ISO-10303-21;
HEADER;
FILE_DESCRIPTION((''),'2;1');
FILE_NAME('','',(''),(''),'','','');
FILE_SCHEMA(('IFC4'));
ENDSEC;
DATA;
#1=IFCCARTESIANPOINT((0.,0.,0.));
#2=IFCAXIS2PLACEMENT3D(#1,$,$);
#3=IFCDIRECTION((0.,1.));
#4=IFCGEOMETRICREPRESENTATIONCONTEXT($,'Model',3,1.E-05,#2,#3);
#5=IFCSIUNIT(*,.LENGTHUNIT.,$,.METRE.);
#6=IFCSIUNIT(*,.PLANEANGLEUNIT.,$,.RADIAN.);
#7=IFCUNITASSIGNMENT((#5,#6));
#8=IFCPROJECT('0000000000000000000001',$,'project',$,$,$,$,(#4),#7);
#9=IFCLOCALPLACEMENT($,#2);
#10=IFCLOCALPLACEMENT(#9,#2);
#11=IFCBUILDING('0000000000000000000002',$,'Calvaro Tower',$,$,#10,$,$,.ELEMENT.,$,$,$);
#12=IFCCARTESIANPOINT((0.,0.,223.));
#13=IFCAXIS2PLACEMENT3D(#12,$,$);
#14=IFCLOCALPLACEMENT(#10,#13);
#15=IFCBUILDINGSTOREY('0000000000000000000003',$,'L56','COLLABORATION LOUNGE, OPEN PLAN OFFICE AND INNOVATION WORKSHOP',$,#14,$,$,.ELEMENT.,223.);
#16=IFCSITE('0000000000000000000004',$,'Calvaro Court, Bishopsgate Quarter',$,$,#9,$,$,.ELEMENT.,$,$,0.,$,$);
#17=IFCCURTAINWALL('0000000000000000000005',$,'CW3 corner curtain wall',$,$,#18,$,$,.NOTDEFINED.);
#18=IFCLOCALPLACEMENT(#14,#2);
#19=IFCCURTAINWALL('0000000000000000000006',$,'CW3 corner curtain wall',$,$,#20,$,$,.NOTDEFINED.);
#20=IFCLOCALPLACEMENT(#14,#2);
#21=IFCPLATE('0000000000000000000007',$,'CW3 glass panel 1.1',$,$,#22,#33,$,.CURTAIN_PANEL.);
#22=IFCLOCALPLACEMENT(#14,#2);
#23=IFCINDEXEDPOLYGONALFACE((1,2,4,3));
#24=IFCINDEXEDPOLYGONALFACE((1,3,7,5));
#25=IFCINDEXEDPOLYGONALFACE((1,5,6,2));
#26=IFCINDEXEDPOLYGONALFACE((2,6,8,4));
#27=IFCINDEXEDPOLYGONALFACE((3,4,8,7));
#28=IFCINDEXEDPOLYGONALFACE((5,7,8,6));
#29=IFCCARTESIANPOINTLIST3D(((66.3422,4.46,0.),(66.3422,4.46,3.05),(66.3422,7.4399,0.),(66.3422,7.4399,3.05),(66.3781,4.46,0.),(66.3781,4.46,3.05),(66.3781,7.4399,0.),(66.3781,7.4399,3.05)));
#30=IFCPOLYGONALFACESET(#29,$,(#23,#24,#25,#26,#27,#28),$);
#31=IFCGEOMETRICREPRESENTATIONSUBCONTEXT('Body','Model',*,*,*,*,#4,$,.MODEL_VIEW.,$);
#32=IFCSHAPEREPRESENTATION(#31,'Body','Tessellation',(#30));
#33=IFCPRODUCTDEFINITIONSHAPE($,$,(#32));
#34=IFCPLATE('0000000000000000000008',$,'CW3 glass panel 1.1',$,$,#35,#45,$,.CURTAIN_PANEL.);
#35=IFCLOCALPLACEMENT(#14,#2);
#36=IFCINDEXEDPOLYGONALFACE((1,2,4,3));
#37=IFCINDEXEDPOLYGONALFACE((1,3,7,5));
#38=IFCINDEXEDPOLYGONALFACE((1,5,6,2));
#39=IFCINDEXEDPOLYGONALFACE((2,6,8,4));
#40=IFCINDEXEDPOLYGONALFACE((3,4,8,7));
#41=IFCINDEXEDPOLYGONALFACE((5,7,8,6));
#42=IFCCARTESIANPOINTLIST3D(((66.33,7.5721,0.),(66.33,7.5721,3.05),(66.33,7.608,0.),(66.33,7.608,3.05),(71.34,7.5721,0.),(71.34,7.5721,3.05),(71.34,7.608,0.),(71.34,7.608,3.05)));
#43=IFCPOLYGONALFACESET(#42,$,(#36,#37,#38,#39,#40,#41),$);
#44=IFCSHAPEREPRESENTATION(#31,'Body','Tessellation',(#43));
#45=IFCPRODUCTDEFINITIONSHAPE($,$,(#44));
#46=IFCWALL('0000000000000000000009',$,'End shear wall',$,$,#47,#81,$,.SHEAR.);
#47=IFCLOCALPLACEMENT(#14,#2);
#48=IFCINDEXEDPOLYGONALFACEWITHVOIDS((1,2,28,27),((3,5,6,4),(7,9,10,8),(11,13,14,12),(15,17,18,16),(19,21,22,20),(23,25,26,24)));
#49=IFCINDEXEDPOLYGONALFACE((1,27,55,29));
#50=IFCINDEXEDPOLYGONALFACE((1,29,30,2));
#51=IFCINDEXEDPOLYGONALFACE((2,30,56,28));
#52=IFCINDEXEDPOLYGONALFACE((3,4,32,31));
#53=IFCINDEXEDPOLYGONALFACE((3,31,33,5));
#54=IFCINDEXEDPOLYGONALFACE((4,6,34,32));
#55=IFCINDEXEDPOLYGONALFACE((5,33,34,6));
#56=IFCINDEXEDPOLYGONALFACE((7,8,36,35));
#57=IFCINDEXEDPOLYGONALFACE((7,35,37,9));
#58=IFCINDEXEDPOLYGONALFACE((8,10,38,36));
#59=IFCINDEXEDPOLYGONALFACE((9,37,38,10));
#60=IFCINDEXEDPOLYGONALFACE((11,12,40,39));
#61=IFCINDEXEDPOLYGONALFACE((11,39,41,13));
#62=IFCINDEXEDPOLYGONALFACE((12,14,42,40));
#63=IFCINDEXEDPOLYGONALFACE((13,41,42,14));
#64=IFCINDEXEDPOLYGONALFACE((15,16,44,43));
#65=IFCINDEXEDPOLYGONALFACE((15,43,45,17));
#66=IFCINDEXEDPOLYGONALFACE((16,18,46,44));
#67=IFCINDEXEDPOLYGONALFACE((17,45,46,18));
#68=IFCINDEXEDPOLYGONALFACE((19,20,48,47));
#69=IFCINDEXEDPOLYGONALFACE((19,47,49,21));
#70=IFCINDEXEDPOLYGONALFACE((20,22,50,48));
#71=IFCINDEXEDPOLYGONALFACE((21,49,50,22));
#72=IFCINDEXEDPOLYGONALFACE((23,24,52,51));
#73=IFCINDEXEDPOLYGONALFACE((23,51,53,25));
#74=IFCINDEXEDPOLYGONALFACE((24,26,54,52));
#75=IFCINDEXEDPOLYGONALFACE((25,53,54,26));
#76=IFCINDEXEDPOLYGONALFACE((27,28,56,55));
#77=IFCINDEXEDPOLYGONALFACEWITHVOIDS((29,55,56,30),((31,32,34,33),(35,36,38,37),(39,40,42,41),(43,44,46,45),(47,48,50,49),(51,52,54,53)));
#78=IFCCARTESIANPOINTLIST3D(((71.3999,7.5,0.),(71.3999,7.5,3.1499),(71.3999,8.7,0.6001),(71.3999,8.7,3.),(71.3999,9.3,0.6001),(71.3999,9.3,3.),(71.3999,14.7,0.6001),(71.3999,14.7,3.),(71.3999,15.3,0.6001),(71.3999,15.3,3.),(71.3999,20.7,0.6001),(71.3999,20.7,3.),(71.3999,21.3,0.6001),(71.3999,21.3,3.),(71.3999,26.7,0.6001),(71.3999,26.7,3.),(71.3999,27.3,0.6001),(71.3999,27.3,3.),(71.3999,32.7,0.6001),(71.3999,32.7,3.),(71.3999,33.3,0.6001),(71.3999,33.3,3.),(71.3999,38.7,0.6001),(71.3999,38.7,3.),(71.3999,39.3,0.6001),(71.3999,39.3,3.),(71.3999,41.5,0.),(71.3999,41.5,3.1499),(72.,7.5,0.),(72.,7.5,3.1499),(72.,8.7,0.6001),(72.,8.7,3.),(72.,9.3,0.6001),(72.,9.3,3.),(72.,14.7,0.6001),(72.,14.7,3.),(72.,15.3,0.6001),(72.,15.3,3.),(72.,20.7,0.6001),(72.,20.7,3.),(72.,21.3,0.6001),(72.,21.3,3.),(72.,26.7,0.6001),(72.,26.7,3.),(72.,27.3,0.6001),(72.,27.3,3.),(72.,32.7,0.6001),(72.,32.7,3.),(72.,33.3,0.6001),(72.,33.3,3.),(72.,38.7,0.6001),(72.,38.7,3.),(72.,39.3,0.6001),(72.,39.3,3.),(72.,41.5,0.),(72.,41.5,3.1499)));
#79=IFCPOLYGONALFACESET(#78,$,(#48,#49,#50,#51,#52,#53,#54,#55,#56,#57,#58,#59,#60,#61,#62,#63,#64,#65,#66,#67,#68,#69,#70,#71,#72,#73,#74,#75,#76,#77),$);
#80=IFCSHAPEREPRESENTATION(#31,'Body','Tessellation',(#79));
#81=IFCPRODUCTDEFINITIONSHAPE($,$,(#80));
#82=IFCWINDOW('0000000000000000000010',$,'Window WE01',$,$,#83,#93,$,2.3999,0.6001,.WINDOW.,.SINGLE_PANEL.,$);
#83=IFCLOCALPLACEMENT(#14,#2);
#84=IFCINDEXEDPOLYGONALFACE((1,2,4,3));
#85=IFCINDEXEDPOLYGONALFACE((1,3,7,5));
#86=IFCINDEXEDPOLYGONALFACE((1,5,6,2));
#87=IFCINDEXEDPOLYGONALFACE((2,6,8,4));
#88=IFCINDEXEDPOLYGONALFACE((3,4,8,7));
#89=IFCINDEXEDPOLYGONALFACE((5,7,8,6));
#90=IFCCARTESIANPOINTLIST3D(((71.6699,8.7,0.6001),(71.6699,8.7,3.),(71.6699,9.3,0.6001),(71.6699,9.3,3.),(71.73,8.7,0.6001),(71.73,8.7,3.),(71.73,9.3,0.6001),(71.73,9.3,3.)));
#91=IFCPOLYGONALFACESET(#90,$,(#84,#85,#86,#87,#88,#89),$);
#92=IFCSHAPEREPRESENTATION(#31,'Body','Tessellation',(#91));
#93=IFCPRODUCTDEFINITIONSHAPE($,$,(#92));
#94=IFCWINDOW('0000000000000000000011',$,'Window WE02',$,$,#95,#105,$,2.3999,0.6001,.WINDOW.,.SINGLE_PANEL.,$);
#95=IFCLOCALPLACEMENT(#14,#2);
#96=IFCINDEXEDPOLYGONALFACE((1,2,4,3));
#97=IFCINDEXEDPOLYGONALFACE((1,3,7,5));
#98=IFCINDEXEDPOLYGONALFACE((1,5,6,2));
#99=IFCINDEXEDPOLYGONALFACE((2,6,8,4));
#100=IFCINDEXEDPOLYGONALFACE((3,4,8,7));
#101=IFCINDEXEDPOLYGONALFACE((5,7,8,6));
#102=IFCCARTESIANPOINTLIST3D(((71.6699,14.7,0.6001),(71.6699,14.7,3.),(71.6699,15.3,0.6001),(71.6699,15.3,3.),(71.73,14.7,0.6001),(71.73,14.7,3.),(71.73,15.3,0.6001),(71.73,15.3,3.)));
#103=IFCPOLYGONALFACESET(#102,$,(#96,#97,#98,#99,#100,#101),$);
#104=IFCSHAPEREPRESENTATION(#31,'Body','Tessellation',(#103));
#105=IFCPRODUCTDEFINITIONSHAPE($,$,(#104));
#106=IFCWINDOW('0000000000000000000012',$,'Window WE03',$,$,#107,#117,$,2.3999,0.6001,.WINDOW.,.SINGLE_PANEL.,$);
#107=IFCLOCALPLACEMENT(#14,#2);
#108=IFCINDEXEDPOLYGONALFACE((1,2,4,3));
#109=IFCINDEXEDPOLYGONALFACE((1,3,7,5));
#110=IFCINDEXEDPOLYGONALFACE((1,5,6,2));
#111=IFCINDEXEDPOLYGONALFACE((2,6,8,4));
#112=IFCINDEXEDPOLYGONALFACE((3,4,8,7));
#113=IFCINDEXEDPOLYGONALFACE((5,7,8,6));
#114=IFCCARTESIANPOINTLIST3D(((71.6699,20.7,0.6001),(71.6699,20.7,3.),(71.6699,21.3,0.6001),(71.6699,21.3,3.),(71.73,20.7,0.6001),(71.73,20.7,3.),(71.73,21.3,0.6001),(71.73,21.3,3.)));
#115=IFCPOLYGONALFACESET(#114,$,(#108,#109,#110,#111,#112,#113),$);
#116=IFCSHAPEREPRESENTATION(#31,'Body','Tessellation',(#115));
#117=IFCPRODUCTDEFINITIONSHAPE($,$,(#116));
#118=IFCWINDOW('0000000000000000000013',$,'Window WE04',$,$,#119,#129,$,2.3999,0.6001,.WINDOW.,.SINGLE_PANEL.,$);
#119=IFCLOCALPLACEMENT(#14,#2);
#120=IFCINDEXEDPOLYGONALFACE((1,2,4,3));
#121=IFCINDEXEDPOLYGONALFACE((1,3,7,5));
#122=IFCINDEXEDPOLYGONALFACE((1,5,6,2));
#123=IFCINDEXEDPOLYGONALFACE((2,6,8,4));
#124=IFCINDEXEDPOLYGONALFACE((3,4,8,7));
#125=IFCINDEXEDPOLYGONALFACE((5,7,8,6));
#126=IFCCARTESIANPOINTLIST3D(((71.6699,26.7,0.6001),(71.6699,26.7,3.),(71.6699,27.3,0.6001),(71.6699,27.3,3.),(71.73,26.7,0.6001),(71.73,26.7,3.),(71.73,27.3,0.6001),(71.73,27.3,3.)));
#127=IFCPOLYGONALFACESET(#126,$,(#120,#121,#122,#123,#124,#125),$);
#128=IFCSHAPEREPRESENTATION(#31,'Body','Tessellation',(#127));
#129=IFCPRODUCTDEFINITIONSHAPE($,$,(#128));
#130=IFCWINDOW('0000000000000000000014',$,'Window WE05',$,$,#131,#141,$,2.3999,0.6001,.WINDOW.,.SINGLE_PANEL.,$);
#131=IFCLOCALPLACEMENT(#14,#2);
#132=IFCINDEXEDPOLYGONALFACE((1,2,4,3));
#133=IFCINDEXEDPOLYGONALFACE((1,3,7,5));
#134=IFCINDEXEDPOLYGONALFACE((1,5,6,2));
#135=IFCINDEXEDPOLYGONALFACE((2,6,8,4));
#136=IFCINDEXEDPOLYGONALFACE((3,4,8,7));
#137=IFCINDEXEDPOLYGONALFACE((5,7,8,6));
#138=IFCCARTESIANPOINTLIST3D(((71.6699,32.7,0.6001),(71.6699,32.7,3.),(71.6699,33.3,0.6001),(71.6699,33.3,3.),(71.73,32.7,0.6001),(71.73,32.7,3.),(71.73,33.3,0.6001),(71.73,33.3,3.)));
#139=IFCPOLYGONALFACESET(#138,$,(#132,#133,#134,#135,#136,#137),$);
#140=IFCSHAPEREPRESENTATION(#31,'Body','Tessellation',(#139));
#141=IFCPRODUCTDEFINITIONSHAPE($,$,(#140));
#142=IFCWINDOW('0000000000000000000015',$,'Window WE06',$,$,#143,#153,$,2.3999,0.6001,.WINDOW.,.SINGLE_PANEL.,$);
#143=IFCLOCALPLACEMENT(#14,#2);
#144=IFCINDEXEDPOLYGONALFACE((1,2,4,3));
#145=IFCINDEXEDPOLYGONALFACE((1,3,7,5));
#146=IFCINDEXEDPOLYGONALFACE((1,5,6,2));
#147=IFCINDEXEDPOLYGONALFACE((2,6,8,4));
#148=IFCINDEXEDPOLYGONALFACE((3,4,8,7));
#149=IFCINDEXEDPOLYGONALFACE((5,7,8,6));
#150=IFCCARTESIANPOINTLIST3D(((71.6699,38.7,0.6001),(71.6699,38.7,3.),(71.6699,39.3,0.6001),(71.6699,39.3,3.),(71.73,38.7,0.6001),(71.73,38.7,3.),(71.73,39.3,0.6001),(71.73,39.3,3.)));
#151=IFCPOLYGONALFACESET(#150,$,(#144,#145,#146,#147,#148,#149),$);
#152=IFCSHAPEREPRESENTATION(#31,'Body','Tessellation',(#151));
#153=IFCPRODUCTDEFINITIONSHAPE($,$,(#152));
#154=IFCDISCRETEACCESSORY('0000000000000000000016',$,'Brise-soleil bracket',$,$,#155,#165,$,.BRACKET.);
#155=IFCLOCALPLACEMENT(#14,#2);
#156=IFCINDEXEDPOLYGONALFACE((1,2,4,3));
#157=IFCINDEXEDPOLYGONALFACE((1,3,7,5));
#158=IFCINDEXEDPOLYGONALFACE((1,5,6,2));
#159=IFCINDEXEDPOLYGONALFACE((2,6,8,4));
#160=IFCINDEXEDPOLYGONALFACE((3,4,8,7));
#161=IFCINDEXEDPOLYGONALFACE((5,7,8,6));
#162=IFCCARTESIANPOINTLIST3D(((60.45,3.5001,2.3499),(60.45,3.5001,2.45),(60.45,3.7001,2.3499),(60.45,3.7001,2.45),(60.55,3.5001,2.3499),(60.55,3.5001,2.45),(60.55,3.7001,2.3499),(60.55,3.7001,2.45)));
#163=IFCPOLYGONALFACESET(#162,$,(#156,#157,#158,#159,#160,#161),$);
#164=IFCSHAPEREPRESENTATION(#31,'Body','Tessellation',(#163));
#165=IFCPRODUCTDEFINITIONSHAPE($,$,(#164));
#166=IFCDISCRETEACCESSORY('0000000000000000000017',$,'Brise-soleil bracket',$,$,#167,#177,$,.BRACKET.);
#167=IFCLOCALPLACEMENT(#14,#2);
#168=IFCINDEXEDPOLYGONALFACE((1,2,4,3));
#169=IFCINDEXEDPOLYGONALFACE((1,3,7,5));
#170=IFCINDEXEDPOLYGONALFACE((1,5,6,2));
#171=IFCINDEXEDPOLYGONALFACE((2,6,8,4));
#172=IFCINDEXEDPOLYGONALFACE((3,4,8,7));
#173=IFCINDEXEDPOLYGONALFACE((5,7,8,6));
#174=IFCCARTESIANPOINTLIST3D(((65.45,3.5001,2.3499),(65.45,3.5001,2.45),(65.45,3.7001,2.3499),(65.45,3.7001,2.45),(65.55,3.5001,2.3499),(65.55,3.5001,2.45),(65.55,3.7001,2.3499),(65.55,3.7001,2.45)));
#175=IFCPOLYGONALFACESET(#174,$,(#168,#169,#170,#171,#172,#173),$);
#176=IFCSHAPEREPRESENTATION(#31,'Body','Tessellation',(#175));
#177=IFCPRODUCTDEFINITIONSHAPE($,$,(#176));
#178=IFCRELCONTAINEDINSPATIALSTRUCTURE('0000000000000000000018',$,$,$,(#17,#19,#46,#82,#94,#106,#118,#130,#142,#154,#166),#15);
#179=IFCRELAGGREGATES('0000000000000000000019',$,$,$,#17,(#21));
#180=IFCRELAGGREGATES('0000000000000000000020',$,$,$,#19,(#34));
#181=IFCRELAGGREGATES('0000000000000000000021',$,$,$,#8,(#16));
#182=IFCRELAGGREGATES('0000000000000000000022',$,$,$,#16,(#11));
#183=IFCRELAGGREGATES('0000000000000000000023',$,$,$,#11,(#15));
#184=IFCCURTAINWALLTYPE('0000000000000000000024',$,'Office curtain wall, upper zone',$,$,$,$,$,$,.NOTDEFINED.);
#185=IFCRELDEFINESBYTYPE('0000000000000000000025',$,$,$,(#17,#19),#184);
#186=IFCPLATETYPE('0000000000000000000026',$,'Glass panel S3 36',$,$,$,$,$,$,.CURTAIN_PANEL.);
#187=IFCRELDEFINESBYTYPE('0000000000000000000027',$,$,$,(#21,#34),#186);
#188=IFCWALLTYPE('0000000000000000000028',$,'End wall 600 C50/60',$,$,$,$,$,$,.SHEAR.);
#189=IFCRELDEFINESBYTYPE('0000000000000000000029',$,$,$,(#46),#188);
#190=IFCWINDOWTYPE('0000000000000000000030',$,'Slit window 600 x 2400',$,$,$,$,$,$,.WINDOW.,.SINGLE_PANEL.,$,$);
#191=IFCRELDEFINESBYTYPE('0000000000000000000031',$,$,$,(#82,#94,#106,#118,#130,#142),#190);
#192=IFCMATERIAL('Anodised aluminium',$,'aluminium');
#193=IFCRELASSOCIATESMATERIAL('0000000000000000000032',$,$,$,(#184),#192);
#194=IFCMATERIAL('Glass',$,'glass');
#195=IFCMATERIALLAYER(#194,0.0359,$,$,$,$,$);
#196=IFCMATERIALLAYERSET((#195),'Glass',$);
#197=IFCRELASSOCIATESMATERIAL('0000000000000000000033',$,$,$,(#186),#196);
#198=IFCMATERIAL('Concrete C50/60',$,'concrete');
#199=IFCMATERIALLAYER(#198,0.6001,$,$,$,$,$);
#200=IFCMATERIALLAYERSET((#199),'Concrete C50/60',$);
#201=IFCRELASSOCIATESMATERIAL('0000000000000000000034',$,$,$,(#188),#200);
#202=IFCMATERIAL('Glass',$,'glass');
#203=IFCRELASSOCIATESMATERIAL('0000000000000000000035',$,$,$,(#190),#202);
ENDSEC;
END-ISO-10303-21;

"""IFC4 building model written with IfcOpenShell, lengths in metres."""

from ifc_helpers import new_model, si_unit, direction, frame, frame_2d, origin, origin_2d, place, context, subcontext, project, spatial, rectangle, extrude, material, layer, layer_set, type_object, element, fill, aggregate, save


model = new_model("IFC4")

# Units and contexts
model_context = context("Model", 3, precision=1e-05, world=origin(), true_north=direction((0.0, 1.0)))
body_context = subcontext(model_context, "Body", "Model", "MODEL_VIEW")
ifc_project = project(units=[si_unit("LENGTHUNIT", "METRE"), si_unit("PLANEANGLEUNIT", "RADIAN")], contexts=[model_context])

# Site, building, storey
site_placement = place(None, origin())
site = spatial("IfcSite", under=ifc_project, at=site_placement, Name="Calvaro Court, Bishopsgate Quarter", CompositionType="ELEMENT", RefElevation=0.0)
building_placement = place(site_placement, origin())
building = spatial("IfcBuilding", under=site, at=building_placement, Name="Calvaro Tower", CompositionType="ELEMENT")
storey_placement = place(building_placement, frame((0.0, 0.0, 223.0)))
storey = spatial("IfcBuildingStorey", under=building, at=storey_placement, Name="L56", Description="COLLABORATION LOUNGE, OPEN PLAN OFFICE AND INNOVATION WORKSHOP", CompositionType="ELEMENT", Elevation=223.0)

# Curtain walls
ifc_material_1 = material(Name="Anodised aluminium", Category="aluminium")
curtain_wall_type = type_object("IfcCurtainWallType", Name="Office curtain wall, upper zone", PredefinedType="NOTDEFINED", material=ifc_material_1)
curtain_wall_1_placement = place(storey_placement, origin())
curtain_wall_1 = element("IfcCurtainWall", 1, at=curtain_wall_1_placement, inside=storey, type_object=curtain_wall_type, Name="CW3 corner curtain wall", PredefinedType="NOTDEFINED")
curtain_wall_2_placement = place(storey_placement, origin())
curtain_wall_2 = element("IfcCurtainWall", 2, at=curtain_wall_2_placement, inside=storey, type_object=curtain_wall_type, Name="CW3 corner curtain wall", PredefinedType="NOTDEFINED")

# Plates
ifc_material_2 = material(Name="Glass", Category="glass")
ifc_layer_1 = layer(ifc_material_2, 0.0359)
ifc_layer_set_1 = layer_set([ifc_layer_1], Name="Glass")
plate_type = type_object("IfcPlateType", Name="Glass panel S3 36", PredefinedType="CURTAIN_PANEL", material=ifc_layer_set_1)
plate_1_placement = place(storey_placement, frame((66.3601, 5.95, 0.0), z_axis=(0.0, 0.0, 1.0), x_axis=(0.0, 1.0, 0.0)))
plate_1 = element("IfcPlate", 3, at=plate_1_placement, type_object=plate_type, Name="CW3 glass panel 1.1", PredefinedType="CURTAIN_PANEL", context=body_context, shape_type="SweptSolid", body=[
    extrude(rectangle(XDim=2.98, YDim=0.0359, at=origin_2d()), origin(), (0.0, 0.0, 1.0), 3.05),
])
aggregate(curtain_wall_1, [plate_1])
plate_2_placement = place(storey_placement, frame((68.835, 7.5901, 0.0), z_axis=(0.0, 0.0, 1.0), x_axis=(1.0, 0.0, 0.0)))
plate_2 = element("IfcPlate", 4, at=plate_2_placement, type_object=plate_type, Name="CW3 glass panel 1.1", PredefinedType="CURTAIN_PANEL", context=body_context, shape_type="SweptSolid", body=[
    extrude(rectangle(XDim=5.01, YDim=0.0359, at=origin_2d()), origin(), (0.0, 0.0, 1.0), 3.05),
])
aggregate(curtain_wall_2, [plate_2])

# Wall, openings, windows
ifc_material_3 = material(Name="Concrete C50/60", Category="concrete")
ifc_layer_2 = layer(ifc_material_3, 0.6001)
ifc_layer_set_2 = layer_set([ifc_layer_2], Name="Concrete C50/60")
wall_type = type_object("IfcWallType", Name="End wall 600 C50/60", PredefinedType="SHEAR", material=ifc_layer_set_2)
wall_placement = place(storey_placement, frame((71.7, 7.5, 0.0), z_axis=(0.0, 0.0, 1.0), x_axis=(0.0, 1.0, 0.0)))
wall = element("IfcWall", 5, at=wall_placement, inside=storey, type_object=wall_type, Name="End shear wall", PredefinedType="SHEAR", context=body_context, shape_type="SweptSolid", body=[
    extrude(rectangle(XDim=34.0, YDim=0.6001, at=frame_2d((17.0, 0.0))), origin(), (0.0, 0.0, 1.0), 3.1499),
])
opening_1_placement = place(wall_placement, frame((1.2, 0.0, 0.6001)))
opening_1 = element("IfcOpeningElement", 6, at=opening_1_placement, cuts=wall, PredefinedType="OPENING", context=body_context, shape_type="SweptSolid", body=[
    extrude(rectangle(XDim=0.6001, YDim=2.3999, at=frame_2d((0.3, 1.2))), frame((0.0, 0.3101, 0.0), z_axis=(0.0, -1.0, 0.0), x_axis=(1.0, 0.0, 0.0)), (0.0, 0.0, 1.0), 0.6201),
])
opening_2_placement = place(wall_placement, frame((7.2, 0.0, 0.6001)))
opening_2 = element("IfcOpeningElement", 7, at=opening_2_placement, cuts=wall, PredefinedType="OPENING", context=body_context, shape_type="SweptSolid", body=[
    extrude(rectangle(XDim=0.6001, YDim=2.3999, at=frame_2d((0.3, 1.2))), frame((0.0, 0.3101, 0.0), z_axis=(0.0, -1.0, 0.0), x_axis=(1.0, 0.0, 0.0)), (0.0, 0.0, 1.0), 0.6201),
])
opening_3_placement = place(wall_placement, frame((13.2, 0.0, 0.6001)))
opening_3 = element("IfcOpeningElement", 8, at=opening_3_placement, cuts=wall, PredefinedType="OPENING", context=body_context, shape_type="SweptSolid", body=[
    extrude(rectangle(XDim=0.6001, YDim=2.3999, at=frame_2d((0.3, 1.2))), frame((0.0, 0.3101, 0.0), z_axis=(0.0, -1.0, 0.0), x_axis=(1.0, 0.0, 0.0)), (0.0, 0.0, 1.0), 0.6201),
])
opening_4_placement = place(wall_placement, frame((19.2, 0.0, 0.6001)))
opening_4 = element("IfcOpeningElement", 9, at=opening_4_placement, cuts=wall, PredefinedType="OPENING", context=body_context, shape_type="SweptSolid", body=[
    extrude(rectangle(XDim=0.6001, YDim=2.3999, at=frame_2d((0.3, 1.2))), frame((0.0, 0.3101, 0.0), z_axis=(0.0, -1.0, 0.0), x_axis=(1.0, 0.0, 0.0)), (0.0, 0.0, 1.0), 0.6201),
])
opening_5_placement = place(wall_placement, frame((25.2, 0.0, 0.6001)))
opening_5 = element("IfcOpeningElement", 10, at=opening_5_placement, cuts=wall, PredefinedType="OPENING", context=body_context, shape_type="SweptSolid", body=[
    extrude(rectangle(XDim=0.6001, YDim=2.3999, at=frame_2d((0.3, 1.2))), frame((0.0, 0.3101, 0.0), z_axis=(0.0, -1.0, 0.0), x_axis=(1.0, 0.0, 0.0)), (0.0, 0.0, 1.0), 0.6201),
])
opening_6_placement = place(wall_placement, frame((31.2, 0.0, 0.6001)))
opening_6 = element("IfcOpeningElement", 11, at=opening_6_placement, cuts=wall, PredefinedType="OPENING", context=body_context, shape_type="SweptSolid", body=[
    extrude(rectangle(XDim=0.6001, YDim=2.3999, at=frame_2d((0.3, 1.2))), frame((0.0, 0.3101, 0.0), z_axis=(0.0, -1.0, 0.0), x_axis=(1.0, 0.0, 0.0)), (0.0, 0.0, 1.0), 0.6201),
])
ifc_material_4 = material(Name="Glass", Category="glass")
window_type = type_object("IfcWindowType", Name="Slit window 600 x 2400", PartitioningType="SINGLE_PANEL", PredefinedType="WINDOW", material=ifc_material_4)
window_1_placement = place(opening_1_placement, origin())
window_1 = element("IfcWindow", 12, at=window_1_placement, inside=storey, type_object=window_type, Name="Window WE01", OverallHeight=2.3999, OverallWidth=0.6001, PartitioningType="SINGLE_PANEL", PredefinedType="WINDOW", context=body_context, shape_type="SweptSolid", body=[
    extrude(rectangle(XDim=0.6001, YDim=2.3999, at=frame_2d((0.3, 1.2))), frame((0.0, 0.03, 0.0), z_axis=(0.0, -1.0, 0.0), x_axis=(1.0, 0.0, 0.0)), (0.0, 0.0, 1.0), 0.0601),
])
fill(opening_1, window_1)
window_2_placement = place(opening_2_placement, origin())
window_2 = element("IfcWindow", 13, at=window_2_placement, inside=storey, type_object=window_type, Name="Window WE02", OverallHeight=2.3999, OverallWidth=0.6001, PartitioningType="SINGLE_PANEL", PredefinedType="WINDOW", context=body_context, shape_type="SweptSolid", body=[
    extrude(rectangle(XDim=0.6001, YDim=2.3999, at=frame_2d((0.3, 1.2))), frame((0.0, 0.03, 0.0), z_axis=(0.0, -1.0, 0.0), x_axis=(1.0, 0.0, 0.0)), (0.0, 0.0, 1.0), 0.0601),
])
fill(opening_2, window_2)
window_3_placement = place(opening_3_placement, origin())
window_3 = element("IfcWindow", 14, at=window_3_placement, inside=storey, type_object=window_type, Name="Window WE03", OverallHeight=2.3999, OverallWidth=0.6001, PartitioningType="SINGLE_PANEL", PredefinedType="WINDOW", context=body_context, shape_type="SweptSolid", body=[
    extrude(rectangle(XDim=0.6001, YDim=2.3999, at=frame_2d((0.3, 1.2))), frame((0.0, 0.03, 0.0), z_axis=(0.0, -1.0, 0.0), x_axis=(1.0, 0.0, 0.0)), (0.0, 0.0, 1.0), 0.0601),
])
fill(opening_3, window_3)
window_4_placement = place(opening_4_placement, origin())
window_4 = element("IfcWindow", 15, at=window_4_placement, inside=storey, type_object=window_type, Name="Window WE04", OverallHeight=2.3999, OverallWidth=0.6001, PartitioningType="SINGLE_PANEL", PredefinedType="WINDOW", context=body_context, shape_type="SweptSolid", body=[
    extrude(rectangle(XDim=0.6001, YDim=2.3999, at=frame_2d((0.3, 1.2))), frame((0.0, 0.03, 0.0), z_axis=(0.0, -1.0, 0.0), x_axis=(1.0, 0.0, 0.0)), (0.0, 0.0, 1.0), 0.0601),
])
fill(opening_4, window_4)
window_5_placement = place(opening_5_placement, origin())
window_5 = element("IfcWindow", 16, at=window_5_placement, inside=storey, type_object=window_type, Name="Window WE05", OverallHeight=2.3999, OverallWidth=0.6001, PartitioningType="SINGLE_PANEL", PredefinedType="WINDOW", context=body_context, shape_type="SweptSolid", body=[
    extrude(rectangle(XDim=0.6001, YDim=2.3999, at=frame_2d((0.3, 1.2))), frame((0.0, 0.03, 0.0), z_axis=(0.0, -1.0, 0.0), x_axis=(1.0, 0.0, 0.0)), (0.0, 0.0, 1.0), 0.0601),
])
fill(opening_5, window_5)
window_6_placement = place(opening_6_placement, origin())
window_6 = element("IfcWindow", 17, at=window_6_placement, inside=storey, type_object=window_type, Name="Window WE06", OverallHeight=2.3999, OverallWidth=0.6001, PartitioningType="SINGLE_PANEL", PredefinedType="WINDOW", context=body_context, shape_type="SweptSolid", body=[
    extrude(rectangle(XDim=0.6001, YDim=2.3999, at=frame_2d((0.3, 1.2))), frame((0.0, 0.03, 0.0), z_axis=(0.0, -1.0, 0.0), x_axis=(1.0, 0.0, 0.0)), (0.0, 0.0, 1.0), 0.0601),
])
fill(opening_6, window_6)

# Discrete accessories
for number, where, z_axis, x_axis, name in (
    (18, (60.5, 3.6001, 2.3499), (0.0, 0.0, 1.0), (1.0, 0.0, 0.0), "Brise-soleil bracket"),
    (19, (65.5, 3.6001, 2.3499), (0.0, 0.0, 1.0), (1.0, 0.0, 0.0), "Brise-soleil bracket"),
):
    element("IfcDiscreteAccessory", number, at=place(storey_placement, frame(where, z_axis=z_axis, x_axis=x_axis)), inside=storey, Name=name, PredefinedType="BRACKET", context=body_context, shape_type="SweptSolid", body=[
        extrude(rectangle(XDim=0.1001, YDim=0.2, at=origin_2d()), origin(), (0.0, 0.0, 1.0), 0.1001),
    ])

save(model, "model.ifc")
